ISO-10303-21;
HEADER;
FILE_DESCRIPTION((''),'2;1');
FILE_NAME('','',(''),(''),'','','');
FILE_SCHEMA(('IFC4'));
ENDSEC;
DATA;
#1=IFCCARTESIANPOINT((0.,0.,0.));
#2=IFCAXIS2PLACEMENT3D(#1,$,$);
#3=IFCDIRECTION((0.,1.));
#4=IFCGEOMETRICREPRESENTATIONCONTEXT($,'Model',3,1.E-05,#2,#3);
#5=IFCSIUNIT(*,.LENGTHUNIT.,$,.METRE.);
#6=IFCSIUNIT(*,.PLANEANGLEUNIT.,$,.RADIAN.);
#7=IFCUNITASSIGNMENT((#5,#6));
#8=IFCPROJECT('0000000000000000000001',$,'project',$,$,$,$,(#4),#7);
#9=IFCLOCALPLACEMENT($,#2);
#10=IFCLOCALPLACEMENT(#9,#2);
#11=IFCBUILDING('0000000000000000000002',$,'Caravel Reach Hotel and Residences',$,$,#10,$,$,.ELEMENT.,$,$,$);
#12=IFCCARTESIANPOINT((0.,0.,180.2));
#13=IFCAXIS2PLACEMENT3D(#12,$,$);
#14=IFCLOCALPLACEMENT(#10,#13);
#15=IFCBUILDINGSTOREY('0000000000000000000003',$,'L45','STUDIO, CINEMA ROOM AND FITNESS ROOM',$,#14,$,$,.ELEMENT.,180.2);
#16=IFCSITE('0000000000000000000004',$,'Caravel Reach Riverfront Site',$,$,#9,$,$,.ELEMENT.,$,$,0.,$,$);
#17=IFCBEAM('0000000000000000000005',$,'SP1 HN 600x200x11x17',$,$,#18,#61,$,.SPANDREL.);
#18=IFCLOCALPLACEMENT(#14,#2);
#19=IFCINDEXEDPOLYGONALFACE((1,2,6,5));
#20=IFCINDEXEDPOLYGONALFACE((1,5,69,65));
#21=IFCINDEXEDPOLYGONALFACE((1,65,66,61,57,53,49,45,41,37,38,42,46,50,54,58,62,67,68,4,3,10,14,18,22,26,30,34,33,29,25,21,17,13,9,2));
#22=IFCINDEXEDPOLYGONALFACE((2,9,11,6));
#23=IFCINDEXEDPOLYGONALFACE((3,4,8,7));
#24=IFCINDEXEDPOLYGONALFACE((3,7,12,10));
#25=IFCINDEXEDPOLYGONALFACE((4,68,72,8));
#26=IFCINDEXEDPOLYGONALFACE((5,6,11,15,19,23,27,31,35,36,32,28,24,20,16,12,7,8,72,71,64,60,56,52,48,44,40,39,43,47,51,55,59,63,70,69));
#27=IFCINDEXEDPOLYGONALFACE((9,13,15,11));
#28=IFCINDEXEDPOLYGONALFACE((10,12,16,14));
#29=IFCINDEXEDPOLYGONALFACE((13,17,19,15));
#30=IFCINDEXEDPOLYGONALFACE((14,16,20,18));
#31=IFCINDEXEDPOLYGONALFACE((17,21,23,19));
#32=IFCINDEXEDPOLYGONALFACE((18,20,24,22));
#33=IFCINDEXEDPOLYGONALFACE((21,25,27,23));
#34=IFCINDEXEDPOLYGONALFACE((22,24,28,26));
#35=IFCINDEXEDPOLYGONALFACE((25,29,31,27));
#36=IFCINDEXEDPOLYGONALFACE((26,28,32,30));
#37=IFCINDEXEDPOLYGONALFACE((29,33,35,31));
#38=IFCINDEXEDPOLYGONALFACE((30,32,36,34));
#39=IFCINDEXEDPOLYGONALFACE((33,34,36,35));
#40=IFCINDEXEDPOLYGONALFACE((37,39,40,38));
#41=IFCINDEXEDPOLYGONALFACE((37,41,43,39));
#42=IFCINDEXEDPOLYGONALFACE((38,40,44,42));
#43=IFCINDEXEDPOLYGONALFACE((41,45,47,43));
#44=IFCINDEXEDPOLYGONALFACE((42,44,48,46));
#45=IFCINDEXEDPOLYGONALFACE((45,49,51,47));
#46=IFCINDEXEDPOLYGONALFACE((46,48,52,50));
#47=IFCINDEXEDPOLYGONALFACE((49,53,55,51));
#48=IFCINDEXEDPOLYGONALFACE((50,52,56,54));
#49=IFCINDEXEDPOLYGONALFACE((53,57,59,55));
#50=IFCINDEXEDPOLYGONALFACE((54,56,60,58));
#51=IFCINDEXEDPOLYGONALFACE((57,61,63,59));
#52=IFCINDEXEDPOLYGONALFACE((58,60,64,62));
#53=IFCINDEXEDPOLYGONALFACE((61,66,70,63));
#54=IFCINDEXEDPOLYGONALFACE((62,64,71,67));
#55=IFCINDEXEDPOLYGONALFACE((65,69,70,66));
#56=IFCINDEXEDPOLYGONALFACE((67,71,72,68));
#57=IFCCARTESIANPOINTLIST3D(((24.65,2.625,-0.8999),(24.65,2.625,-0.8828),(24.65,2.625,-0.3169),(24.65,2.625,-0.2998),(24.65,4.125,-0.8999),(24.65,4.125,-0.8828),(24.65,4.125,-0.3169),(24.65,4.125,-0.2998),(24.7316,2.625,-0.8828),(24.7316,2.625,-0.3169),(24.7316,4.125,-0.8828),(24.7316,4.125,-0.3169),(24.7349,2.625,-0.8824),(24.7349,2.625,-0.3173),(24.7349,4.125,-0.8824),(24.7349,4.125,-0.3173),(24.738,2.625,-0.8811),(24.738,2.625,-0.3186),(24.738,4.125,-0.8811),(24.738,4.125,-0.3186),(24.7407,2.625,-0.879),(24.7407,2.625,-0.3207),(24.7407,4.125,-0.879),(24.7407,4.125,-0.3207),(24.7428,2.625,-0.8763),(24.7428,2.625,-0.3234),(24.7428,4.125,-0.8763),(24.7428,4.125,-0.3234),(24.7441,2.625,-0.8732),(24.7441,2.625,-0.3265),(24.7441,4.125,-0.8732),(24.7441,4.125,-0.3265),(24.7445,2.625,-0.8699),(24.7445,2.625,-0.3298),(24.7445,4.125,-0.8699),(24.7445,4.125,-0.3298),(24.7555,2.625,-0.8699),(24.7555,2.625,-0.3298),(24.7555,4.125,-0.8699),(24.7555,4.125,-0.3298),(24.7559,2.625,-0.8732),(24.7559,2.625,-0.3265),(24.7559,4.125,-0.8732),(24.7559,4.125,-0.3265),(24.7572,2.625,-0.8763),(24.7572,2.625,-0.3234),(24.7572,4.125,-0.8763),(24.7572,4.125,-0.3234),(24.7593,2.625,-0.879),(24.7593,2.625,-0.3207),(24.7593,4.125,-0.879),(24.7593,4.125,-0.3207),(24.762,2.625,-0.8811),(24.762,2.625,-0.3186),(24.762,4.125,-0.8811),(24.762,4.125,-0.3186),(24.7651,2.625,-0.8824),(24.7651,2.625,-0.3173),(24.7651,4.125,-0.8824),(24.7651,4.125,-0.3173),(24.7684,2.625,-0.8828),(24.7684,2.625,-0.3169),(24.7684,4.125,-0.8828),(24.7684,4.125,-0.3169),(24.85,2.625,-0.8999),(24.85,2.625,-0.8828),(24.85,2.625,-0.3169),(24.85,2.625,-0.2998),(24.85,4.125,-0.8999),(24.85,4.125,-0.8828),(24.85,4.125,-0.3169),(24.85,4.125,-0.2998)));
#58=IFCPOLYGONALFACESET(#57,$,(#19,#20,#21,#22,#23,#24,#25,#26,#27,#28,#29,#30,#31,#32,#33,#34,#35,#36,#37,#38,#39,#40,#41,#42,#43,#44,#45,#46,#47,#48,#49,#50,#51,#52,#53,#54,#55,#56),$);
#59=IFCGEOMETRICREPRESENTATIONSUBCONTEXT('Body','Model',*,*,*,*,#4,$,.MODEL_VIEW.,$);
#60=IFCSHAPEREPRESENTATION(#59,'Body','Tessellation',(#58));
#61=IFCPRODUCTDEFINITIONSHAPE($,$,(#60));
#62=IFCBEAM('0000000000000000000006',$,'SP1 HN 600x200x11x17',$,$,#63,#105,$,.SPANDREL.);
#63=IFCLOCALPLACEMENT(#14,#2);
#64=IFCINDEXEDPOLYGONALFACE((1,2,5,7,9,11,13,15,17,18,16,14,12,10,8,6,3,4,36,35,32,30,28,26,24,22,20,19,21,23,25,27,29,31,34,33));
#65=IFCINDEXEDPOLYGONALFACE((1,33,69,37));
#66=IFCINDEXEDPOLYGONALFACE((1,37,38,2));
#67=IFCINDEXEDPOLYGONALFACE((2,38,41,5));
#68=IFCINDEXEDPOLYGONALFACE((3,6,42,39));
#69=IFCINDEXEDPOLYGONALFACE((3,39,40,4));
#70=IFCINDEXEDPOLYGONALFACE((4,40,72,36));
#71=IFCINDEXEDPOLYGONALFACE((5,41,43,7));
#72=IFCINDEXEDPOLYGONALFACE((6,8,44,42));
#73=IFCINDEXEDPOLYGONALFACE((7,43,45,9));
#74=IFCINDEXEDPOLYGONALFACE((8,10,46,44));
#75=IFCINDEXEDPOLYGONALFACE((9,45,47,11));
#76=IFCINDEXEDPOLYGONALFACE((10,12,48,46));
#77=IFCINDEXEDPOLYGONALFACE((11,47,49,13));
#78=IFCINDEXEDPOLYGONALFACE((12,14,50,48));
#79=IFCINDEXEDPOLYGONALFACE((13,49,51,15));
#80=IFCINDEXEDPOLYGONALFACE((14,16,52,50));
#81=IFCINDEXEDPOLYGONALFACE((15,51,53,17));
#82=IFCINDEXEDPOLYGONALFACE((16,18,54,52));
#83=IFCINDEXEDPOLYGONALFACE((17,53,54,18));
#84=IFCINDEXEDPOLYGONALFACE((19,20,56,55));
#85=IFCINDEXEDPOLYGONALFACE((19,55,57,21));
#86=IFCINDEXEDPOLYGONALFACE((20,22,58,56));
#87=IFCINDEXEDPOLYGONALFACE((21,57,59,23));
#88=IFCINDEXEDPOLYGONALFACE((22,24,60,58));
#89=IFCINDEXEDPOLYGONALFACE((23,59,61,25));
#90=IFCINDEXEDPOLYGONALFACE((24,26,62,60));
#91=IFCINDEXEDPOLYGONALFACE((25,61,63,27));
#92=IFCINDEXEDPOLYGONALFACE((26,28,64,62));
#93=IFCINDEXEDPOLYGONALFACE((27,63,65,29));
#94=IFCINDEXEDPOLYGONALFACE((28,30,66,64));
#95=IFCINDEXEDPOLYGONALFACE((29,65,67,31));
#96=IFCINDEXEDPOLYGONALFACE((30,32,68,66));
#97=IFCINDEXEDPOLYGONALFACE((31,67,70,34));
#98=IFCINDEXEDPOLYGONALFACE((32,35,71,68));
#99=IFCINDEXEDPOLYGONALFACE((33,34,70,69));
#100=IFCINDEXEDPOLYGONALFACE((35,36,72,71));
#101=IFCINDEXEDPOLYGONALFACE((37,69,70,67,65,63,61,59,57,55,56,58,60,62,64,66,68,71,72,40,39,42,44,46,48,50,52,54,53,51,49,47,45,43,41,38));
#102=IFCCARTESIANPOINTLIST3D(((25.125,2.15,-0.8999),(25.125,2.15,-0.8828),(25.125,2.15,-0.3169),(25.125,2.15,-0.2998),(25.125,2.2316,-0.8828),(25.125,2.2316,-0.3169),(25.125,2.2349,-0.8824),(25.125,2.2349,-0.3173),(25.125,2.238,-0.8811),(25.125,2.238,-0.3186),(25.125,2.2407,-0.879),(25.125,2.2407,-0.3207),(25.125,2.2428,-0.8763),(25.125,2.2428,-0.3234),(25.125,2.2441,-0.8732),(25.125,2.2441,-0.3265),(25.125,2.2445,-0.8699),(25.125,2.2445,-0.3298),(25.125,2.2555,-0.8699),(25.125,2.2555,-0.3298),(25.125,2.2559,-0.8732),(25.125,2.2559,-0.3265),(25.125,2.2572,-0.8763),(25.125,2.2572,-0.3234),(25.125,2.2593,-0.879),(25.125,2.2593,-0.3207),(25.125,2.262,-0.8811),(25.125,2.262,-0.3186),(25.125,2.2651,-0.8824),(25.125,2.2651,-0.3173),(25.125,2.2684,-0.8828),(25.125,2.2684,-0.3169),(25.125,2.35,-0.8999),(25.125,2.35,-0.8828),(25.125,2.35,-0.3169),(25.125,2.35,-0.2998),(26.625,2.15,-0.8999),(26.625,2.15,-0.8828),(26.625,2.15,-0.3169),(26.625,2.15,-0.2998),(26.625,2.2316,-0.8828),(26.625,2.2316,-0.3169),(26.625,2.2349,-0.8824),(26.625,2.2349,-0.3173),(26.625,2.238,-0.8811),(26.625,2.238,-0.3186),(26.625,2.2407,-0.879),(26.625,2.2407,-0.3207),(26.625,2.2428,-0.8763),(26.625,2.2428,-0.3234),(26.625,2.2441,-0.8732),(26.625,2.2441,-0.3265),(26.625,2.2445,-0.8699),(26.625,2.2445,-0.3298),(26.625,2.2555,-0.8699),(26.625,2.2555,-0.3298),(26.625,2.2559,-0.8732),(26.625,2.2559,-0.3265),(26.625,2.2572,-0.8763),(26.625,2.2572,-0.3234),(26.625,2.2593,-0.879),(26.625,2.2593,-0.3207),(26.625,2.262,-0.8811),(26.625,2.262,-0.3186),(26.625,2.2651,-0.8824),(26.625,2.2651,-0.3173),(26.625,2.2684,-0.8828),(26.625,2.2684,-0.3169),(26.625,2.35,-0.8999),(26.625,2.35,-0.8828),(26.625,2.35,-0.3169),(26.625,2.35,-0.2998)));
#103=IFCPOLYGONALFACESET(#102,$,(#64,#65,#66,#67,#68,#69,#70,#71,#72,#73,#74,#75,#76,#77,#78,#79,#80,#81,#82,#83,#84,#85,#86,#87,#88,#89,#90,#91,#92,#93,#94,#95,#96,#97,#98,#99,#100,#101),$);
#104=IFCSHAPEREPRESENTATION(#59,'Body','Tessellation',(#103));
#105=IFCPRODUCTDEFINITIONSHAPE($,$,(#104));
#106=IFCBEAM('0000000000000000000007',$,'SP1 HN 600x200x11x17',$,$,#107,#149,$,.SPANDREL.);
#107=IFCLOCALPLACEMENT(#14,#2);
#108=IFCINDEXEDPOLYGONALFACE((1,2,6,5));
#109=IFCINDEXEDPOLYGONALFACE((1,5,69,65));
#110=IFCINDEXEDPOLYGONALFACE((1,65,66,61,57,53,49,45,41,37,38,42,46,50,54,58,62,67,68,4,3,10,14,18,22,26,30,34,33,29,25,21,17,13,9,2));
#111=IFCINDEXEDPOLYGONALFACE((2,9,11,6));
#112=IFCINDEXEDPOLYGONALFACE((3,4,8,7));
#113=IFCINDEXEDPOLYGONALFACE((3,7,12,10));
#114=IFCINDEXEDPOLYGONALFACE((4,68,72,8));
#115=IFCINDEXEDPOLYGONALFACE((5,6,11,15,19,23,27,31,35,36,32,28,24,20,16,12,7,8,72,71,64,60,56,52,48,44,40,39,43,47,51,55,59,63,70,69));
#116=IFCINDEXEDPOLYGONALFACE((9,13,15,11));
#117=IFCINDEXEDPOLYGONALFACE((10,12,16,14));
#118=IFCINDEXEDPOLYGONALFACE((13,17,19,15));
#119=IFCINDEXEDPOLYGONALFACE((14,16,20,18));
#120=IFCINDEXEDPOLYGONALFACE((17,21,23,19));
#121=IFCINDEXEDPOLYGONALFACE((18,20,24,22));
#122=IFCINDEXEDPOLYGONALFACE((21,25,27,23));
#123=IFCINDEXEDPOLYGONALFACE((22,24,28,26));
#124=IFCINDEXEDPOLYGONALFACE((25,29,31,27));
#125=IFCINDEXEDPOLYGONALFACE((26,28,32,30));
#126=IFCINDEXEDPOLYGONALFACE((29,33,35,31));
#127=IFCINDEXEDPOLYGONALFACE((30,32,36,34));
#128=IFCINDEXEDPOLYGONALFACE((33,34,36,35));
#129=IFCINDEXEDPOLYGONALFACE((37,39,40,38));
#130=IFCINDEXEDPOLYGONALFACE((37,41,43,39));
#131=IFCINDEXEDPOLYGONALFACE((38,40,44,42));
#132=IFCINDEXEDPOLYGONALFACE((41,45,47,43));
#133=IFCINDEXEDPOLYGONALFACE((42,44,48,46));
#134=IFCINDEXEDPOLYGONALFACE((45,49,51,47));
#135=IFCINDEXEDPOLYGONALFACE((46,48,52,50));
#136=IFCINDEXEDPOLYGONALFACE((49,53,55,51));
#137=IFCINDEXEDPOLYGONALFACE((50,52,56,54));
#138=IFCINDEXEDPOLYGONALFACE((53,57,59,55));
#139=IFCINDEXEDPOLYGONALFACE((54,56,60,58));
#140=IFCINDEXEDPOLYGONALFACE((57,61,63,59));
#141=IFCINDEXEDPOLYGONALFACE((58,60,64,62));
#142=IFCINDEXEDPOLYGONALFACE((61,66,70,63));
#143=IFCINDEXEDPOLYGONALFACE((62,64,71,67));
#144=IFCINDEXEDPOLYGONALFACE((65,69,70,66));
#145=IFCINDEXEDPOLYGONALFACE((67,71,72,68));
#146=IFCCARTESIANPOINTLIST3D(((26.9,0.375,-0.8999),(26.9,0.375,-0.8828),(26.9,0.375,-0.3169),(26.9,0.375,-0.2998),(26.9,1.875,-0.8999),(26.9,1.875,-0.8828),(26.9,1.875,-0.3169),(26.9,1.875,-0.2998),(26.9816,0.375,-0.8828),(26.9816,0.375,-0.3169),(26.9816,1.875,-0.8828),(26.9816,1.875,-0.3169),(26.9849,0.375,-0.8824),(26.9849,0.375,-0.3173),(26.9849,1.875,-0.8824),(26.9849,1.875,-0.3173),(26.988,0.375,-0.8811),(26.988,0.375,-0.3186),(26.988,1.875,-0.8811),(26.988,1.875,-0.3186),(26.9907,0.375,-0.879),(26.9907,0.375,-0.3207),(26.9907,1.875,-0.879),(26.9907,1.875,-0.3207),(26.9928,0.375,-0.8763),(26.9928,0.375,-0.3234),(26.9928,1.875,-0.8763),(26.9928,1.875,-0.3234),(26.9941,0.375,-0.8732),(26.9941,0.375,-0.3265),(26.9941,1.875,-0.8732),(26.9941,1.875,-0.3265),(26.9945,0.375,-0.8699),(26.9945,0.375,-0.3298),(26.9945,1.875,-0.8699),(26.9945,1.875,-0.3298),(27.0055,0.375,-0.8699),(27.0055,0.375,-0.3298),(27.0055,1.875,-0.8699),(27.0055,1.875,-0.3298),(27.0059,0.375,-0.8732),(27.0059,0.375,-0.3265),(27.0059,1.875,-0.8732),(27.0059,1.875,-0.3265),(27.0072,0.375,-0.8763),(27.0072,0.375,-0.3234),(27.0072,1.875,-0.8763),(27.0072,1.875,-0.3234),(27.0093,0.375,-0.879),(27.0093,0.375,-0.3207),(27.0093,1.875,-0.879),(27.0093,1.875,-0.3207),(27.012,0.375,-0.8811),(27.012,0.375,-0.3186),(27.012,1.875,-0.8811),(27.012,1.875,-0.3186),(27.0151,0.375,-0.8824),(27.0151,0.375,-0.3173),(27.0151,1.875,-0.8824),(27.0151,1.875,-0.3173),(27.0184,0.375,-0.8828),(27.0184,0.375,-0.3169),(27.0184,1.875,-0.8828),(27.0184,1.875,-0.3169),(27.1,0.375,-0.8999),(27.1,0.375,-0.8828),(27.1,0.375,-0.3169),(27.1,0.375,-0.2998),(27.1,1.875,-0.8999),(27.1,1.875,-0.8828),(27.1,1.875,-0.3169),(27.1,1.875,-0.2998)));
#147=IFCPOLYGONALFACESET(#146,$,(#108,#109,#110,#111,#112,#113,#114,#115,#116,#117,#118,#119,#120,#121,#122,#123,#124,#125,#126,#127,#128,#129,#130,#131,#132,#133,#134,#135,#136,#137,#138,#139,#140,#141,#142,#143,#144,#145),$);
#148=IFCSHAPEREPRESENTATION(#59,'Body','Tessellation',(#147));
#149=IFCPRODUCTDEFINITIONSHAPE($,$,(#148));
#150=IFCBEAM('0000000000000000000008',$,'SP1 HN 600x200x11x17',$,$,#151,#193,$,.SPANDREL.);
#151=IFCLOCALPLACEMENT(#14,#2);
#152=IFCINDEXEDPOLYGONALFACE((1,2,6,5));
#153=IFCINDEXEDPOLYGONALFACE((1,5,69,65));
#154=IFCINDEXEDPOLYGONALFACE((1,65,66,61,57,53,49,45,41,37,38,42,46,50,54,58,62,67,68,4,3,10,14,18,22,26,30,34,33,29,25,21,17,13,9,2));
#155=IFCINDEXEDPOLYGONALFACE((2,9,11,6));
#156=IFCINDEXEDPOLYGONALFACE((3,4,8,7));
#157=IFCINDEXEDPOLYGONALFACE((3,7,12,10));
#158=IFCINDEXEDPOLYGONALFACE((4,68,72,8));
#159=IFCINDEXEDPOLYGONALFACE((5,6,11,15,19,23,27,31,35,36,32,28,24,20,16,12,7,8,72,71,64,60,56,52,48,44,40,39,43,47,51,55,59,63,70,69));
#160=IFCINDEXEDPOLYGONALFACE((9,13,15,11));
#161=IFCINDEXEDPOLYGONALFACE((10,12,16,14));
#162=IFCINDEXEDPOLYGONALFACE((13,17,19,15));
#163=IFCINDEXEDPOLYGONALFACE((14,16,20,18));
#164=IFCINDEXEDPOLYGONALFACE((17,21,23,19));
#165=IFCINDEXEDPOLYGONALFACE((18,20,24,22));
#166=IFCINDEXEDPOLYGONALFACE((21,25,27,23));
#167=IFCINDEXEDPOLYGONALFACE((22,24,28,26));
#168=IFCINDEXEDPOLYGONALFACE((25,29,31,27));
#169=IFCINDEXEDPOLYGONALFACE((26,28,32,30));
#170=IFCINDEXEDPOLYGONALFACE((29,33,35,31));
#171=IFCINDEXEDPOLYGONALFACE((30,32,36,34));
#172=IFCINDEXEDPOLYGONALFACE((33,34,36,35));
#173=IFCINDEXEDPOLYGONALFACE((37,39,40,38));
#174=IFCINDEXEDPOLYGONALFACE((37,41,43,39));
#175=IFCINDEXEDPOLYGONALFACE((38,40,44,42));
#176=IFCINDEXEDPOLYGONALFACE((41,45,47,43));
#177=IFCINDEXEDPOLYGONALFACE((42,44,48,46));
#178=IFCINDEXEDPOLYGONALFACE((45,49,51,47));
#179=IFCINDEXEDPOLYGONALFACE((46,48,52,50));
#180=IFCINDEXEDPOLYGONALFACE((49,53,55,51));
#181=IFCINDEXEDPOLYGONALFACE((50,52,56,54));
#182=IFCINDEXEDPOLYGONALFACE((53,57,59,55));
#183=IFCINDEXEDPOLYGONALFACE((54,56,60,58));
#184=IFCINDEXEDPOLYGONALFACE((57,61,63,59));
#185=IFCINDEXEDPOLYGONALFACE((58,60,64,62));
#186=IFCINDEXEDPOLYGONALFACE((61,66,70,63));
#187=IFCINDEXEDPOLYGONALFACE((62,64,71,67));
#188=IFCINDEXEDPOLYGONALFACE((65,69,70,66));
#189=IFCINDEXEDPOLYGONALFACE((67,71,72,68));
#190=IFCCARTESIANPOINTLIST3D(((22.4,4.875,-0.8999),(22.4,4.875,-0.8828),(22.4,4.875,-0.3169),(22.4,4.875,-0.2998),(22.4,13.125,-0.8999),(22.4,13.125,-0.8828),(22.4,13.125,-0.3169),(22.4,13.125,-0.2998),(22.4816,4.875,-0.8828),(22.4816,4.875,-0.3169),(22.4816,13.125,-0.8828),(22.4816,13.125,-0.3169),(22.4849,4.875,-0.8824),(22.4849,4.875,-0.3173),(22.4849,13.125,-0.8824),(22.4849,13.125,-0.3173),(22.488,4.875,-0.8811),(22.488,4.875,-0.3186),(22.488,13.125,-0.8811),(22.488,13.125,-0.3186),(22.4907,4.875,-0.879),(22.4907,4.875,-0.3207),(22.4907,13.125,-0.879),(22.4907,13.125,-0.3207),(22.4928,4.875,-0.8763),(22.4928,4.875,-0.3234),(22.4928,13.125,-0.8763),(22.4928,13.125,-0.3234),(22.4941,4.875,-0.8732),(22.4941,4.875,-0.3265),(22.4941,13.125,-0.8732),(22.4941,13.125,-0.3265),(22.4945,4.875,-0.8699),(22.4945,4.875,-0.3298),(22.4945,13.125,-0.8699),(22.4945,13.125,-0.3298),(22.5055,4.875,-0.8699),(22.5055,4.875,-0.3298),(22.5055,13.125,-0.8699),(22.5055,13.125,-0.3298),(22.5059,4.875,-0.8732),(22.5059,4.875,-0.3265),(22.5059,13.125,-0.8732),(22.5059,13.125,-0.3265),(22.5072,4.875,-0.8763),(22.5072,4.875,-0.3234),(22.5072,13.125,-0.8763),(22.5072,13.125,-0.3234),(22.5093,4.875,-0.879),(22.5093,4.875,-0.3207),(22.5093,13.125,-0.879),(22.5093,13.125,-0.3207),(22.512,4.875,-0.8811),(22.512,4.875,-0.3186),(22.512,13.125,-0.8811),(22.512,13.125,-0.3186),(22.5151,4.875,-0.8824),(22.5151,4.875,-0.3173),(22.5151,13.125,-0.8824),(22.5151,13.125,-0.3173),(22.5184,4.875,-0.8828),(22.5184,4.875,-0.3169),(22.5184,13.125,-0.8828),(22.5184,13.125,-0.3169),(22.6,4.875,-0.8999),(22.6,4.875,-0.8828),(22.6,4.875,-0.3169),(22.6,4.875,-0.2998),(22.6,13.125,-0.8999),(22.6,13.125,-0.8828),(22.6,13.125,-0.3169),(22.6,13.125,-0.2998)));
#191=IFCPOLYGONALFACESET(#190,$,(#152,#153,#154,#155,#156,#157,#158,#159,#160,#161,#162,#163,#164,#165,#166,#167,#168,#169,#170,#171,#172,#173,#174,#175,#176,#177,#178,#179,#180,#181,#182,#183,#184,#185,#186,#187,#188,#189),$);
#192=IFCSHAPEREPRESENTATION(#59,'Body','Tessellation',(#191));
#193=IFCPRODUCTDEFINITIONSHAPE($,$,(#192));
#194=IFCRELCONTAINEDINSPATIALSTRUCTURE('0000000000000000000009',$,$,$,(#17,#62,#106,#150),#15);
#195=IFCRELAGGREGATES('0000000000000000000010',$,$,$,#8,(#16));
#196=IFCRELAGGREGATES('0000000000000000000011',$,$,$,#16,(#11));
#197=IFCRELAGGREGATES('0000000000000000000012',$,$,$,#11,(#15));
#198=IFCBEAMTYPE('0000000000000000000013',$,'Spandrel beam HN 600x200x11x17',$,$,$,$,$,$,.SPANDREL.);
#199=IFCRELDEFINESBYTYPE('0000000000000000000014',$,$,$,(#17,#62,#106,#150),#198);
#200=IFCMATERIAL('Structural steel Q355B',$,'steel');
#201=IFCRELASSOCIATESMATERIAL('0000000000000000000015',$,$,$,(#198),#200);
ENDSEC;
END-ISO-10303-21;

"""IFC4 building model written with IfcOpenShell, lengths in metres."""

from ifc_helpers import new_model, si_unit, direction, frame, origin, origin_2d, place, context, subcontext, project, spatial, i_section, extrude, material, material_profile, profile_set, type_object, element, save


model = new_model("IFC4")

# Units and contexts
model_context = context("Model", 3, precision=1e-05, world=origin(), true_north=direction((0.0, 1.0)))
body_context = subcontext(model_context, "Body", "Model", "MODEL_VIEW")
ifc_project = project(units=[si_unit("LENGTHUNIT", "METRE"), si_unit("PLANEANGLEUNIT", "RADIAN")], contexts=[model_context])

# Site, building, storey
site_placement = place(None, origin())
site = spatial("IfcSite", under=ifc_project, at=site_placement, Name="Caravel Reach Riverfront Site", CompositionType="ELEMENT", RefElevation=0.0)
building_placement = place(site_placement, origin())
building = spatial("IfcBuilding", under=site, at=building_placement, Name="Caravel Reach Hotel and Residences", CompositionType="ELEMENT")
storey_placement = place(building_placement, frame((0.0, 0.0, 180.2)))
storey = spatial("IfcBuildingStorey", under=building, at=storey_placement, Name="L45", Description="STUDIO, CINEMA ROOM AND FITNESS ROOM", CompositionType="ELEMENT", Elevation=180.2)

# Beams
ifc_material_1 = material(Name="Structural steel Q355B", Category="steel")
ifc_material_profile_1 = material_profile(ifc_material_1, i_section(OverallWidth=0.2, OverallDepth=0.6001, WebThickness=0.011, FlangeThickness=0.0171, FilletRadius=0.0129, at=origin_2d()), Name="HN 600x200x11x17")
ifc_profile_set_1 = profile_set([ifc_material_profile_1], Name="Structural steel Q355B")
beam_type_1 = type_object("IfcBeamType", Name="Spandrel beam HN 600x200x11x17", PredefinedType="SPANDREL", material=ifc_profile_set_1)
for number, where, z_axis, x_axis, name in (
    (1, (24.75, 4.125, -0.5999), (0.0, -1.0, 0.0), (1.0, 0.0, 0.0), "SP1 HN 600x200x11x17"),
    (2, (25.125, 2.25, -0.5999), (1.0, 0.0, 0.0), (0.0, 1.0, 0.0), "SP1 HN 600x200x11x17"),
    (3, (27.0, 1.875, -0.5999), (0.0, -1.0, 0.0), (1.0, 0.0, 0.0), "SP1 HN 600x200x11x17"),
):
    element("IfcBeam", number, at=place(storey_placement, frame(where, z_axis=z_axis, x_axis=x_axis)), inside=storey, type_object=beam_type_1, Name=name, PredefinedType="SPANDREL", context=body_context, shape_type="SweptSolid", body=[
        extrude(i_section(OverallWidth=0.2, OverallDepth=0.6001, WebThickness=0.011, FlangeThickness=0.0171, FilletRadius=0.0129, at=origin_2d()), origin(), (0.0, 0.0, 1.0), 1.5),
    ])
beam_1_placement = place(storey_placement, frame((22.5, 13.125, -0.5999), z_axis=(0.0, -1.0, 0.0), x_axis=(1.0, 0.0, 0.0)))
element("IfcBeam", 4, at=beam_1_placement, inside=storey, type_object=beam_type_1, Name="SP1 HN 600x200x11x17", PredefinedType="SPANDREL", context=body_context, shape_type="SweptSolid", body=[
    extrude(i_section(OverallWidth=0.2, OverallDepth=0.6001, WebThickness=0.011, FlangeThickness=0.0171, FilletRadius=0.0129, at=origin_2d()), origin(), (0.0, 0.0, 1.0), 8.25),
])

save(model, "model.ifc")
